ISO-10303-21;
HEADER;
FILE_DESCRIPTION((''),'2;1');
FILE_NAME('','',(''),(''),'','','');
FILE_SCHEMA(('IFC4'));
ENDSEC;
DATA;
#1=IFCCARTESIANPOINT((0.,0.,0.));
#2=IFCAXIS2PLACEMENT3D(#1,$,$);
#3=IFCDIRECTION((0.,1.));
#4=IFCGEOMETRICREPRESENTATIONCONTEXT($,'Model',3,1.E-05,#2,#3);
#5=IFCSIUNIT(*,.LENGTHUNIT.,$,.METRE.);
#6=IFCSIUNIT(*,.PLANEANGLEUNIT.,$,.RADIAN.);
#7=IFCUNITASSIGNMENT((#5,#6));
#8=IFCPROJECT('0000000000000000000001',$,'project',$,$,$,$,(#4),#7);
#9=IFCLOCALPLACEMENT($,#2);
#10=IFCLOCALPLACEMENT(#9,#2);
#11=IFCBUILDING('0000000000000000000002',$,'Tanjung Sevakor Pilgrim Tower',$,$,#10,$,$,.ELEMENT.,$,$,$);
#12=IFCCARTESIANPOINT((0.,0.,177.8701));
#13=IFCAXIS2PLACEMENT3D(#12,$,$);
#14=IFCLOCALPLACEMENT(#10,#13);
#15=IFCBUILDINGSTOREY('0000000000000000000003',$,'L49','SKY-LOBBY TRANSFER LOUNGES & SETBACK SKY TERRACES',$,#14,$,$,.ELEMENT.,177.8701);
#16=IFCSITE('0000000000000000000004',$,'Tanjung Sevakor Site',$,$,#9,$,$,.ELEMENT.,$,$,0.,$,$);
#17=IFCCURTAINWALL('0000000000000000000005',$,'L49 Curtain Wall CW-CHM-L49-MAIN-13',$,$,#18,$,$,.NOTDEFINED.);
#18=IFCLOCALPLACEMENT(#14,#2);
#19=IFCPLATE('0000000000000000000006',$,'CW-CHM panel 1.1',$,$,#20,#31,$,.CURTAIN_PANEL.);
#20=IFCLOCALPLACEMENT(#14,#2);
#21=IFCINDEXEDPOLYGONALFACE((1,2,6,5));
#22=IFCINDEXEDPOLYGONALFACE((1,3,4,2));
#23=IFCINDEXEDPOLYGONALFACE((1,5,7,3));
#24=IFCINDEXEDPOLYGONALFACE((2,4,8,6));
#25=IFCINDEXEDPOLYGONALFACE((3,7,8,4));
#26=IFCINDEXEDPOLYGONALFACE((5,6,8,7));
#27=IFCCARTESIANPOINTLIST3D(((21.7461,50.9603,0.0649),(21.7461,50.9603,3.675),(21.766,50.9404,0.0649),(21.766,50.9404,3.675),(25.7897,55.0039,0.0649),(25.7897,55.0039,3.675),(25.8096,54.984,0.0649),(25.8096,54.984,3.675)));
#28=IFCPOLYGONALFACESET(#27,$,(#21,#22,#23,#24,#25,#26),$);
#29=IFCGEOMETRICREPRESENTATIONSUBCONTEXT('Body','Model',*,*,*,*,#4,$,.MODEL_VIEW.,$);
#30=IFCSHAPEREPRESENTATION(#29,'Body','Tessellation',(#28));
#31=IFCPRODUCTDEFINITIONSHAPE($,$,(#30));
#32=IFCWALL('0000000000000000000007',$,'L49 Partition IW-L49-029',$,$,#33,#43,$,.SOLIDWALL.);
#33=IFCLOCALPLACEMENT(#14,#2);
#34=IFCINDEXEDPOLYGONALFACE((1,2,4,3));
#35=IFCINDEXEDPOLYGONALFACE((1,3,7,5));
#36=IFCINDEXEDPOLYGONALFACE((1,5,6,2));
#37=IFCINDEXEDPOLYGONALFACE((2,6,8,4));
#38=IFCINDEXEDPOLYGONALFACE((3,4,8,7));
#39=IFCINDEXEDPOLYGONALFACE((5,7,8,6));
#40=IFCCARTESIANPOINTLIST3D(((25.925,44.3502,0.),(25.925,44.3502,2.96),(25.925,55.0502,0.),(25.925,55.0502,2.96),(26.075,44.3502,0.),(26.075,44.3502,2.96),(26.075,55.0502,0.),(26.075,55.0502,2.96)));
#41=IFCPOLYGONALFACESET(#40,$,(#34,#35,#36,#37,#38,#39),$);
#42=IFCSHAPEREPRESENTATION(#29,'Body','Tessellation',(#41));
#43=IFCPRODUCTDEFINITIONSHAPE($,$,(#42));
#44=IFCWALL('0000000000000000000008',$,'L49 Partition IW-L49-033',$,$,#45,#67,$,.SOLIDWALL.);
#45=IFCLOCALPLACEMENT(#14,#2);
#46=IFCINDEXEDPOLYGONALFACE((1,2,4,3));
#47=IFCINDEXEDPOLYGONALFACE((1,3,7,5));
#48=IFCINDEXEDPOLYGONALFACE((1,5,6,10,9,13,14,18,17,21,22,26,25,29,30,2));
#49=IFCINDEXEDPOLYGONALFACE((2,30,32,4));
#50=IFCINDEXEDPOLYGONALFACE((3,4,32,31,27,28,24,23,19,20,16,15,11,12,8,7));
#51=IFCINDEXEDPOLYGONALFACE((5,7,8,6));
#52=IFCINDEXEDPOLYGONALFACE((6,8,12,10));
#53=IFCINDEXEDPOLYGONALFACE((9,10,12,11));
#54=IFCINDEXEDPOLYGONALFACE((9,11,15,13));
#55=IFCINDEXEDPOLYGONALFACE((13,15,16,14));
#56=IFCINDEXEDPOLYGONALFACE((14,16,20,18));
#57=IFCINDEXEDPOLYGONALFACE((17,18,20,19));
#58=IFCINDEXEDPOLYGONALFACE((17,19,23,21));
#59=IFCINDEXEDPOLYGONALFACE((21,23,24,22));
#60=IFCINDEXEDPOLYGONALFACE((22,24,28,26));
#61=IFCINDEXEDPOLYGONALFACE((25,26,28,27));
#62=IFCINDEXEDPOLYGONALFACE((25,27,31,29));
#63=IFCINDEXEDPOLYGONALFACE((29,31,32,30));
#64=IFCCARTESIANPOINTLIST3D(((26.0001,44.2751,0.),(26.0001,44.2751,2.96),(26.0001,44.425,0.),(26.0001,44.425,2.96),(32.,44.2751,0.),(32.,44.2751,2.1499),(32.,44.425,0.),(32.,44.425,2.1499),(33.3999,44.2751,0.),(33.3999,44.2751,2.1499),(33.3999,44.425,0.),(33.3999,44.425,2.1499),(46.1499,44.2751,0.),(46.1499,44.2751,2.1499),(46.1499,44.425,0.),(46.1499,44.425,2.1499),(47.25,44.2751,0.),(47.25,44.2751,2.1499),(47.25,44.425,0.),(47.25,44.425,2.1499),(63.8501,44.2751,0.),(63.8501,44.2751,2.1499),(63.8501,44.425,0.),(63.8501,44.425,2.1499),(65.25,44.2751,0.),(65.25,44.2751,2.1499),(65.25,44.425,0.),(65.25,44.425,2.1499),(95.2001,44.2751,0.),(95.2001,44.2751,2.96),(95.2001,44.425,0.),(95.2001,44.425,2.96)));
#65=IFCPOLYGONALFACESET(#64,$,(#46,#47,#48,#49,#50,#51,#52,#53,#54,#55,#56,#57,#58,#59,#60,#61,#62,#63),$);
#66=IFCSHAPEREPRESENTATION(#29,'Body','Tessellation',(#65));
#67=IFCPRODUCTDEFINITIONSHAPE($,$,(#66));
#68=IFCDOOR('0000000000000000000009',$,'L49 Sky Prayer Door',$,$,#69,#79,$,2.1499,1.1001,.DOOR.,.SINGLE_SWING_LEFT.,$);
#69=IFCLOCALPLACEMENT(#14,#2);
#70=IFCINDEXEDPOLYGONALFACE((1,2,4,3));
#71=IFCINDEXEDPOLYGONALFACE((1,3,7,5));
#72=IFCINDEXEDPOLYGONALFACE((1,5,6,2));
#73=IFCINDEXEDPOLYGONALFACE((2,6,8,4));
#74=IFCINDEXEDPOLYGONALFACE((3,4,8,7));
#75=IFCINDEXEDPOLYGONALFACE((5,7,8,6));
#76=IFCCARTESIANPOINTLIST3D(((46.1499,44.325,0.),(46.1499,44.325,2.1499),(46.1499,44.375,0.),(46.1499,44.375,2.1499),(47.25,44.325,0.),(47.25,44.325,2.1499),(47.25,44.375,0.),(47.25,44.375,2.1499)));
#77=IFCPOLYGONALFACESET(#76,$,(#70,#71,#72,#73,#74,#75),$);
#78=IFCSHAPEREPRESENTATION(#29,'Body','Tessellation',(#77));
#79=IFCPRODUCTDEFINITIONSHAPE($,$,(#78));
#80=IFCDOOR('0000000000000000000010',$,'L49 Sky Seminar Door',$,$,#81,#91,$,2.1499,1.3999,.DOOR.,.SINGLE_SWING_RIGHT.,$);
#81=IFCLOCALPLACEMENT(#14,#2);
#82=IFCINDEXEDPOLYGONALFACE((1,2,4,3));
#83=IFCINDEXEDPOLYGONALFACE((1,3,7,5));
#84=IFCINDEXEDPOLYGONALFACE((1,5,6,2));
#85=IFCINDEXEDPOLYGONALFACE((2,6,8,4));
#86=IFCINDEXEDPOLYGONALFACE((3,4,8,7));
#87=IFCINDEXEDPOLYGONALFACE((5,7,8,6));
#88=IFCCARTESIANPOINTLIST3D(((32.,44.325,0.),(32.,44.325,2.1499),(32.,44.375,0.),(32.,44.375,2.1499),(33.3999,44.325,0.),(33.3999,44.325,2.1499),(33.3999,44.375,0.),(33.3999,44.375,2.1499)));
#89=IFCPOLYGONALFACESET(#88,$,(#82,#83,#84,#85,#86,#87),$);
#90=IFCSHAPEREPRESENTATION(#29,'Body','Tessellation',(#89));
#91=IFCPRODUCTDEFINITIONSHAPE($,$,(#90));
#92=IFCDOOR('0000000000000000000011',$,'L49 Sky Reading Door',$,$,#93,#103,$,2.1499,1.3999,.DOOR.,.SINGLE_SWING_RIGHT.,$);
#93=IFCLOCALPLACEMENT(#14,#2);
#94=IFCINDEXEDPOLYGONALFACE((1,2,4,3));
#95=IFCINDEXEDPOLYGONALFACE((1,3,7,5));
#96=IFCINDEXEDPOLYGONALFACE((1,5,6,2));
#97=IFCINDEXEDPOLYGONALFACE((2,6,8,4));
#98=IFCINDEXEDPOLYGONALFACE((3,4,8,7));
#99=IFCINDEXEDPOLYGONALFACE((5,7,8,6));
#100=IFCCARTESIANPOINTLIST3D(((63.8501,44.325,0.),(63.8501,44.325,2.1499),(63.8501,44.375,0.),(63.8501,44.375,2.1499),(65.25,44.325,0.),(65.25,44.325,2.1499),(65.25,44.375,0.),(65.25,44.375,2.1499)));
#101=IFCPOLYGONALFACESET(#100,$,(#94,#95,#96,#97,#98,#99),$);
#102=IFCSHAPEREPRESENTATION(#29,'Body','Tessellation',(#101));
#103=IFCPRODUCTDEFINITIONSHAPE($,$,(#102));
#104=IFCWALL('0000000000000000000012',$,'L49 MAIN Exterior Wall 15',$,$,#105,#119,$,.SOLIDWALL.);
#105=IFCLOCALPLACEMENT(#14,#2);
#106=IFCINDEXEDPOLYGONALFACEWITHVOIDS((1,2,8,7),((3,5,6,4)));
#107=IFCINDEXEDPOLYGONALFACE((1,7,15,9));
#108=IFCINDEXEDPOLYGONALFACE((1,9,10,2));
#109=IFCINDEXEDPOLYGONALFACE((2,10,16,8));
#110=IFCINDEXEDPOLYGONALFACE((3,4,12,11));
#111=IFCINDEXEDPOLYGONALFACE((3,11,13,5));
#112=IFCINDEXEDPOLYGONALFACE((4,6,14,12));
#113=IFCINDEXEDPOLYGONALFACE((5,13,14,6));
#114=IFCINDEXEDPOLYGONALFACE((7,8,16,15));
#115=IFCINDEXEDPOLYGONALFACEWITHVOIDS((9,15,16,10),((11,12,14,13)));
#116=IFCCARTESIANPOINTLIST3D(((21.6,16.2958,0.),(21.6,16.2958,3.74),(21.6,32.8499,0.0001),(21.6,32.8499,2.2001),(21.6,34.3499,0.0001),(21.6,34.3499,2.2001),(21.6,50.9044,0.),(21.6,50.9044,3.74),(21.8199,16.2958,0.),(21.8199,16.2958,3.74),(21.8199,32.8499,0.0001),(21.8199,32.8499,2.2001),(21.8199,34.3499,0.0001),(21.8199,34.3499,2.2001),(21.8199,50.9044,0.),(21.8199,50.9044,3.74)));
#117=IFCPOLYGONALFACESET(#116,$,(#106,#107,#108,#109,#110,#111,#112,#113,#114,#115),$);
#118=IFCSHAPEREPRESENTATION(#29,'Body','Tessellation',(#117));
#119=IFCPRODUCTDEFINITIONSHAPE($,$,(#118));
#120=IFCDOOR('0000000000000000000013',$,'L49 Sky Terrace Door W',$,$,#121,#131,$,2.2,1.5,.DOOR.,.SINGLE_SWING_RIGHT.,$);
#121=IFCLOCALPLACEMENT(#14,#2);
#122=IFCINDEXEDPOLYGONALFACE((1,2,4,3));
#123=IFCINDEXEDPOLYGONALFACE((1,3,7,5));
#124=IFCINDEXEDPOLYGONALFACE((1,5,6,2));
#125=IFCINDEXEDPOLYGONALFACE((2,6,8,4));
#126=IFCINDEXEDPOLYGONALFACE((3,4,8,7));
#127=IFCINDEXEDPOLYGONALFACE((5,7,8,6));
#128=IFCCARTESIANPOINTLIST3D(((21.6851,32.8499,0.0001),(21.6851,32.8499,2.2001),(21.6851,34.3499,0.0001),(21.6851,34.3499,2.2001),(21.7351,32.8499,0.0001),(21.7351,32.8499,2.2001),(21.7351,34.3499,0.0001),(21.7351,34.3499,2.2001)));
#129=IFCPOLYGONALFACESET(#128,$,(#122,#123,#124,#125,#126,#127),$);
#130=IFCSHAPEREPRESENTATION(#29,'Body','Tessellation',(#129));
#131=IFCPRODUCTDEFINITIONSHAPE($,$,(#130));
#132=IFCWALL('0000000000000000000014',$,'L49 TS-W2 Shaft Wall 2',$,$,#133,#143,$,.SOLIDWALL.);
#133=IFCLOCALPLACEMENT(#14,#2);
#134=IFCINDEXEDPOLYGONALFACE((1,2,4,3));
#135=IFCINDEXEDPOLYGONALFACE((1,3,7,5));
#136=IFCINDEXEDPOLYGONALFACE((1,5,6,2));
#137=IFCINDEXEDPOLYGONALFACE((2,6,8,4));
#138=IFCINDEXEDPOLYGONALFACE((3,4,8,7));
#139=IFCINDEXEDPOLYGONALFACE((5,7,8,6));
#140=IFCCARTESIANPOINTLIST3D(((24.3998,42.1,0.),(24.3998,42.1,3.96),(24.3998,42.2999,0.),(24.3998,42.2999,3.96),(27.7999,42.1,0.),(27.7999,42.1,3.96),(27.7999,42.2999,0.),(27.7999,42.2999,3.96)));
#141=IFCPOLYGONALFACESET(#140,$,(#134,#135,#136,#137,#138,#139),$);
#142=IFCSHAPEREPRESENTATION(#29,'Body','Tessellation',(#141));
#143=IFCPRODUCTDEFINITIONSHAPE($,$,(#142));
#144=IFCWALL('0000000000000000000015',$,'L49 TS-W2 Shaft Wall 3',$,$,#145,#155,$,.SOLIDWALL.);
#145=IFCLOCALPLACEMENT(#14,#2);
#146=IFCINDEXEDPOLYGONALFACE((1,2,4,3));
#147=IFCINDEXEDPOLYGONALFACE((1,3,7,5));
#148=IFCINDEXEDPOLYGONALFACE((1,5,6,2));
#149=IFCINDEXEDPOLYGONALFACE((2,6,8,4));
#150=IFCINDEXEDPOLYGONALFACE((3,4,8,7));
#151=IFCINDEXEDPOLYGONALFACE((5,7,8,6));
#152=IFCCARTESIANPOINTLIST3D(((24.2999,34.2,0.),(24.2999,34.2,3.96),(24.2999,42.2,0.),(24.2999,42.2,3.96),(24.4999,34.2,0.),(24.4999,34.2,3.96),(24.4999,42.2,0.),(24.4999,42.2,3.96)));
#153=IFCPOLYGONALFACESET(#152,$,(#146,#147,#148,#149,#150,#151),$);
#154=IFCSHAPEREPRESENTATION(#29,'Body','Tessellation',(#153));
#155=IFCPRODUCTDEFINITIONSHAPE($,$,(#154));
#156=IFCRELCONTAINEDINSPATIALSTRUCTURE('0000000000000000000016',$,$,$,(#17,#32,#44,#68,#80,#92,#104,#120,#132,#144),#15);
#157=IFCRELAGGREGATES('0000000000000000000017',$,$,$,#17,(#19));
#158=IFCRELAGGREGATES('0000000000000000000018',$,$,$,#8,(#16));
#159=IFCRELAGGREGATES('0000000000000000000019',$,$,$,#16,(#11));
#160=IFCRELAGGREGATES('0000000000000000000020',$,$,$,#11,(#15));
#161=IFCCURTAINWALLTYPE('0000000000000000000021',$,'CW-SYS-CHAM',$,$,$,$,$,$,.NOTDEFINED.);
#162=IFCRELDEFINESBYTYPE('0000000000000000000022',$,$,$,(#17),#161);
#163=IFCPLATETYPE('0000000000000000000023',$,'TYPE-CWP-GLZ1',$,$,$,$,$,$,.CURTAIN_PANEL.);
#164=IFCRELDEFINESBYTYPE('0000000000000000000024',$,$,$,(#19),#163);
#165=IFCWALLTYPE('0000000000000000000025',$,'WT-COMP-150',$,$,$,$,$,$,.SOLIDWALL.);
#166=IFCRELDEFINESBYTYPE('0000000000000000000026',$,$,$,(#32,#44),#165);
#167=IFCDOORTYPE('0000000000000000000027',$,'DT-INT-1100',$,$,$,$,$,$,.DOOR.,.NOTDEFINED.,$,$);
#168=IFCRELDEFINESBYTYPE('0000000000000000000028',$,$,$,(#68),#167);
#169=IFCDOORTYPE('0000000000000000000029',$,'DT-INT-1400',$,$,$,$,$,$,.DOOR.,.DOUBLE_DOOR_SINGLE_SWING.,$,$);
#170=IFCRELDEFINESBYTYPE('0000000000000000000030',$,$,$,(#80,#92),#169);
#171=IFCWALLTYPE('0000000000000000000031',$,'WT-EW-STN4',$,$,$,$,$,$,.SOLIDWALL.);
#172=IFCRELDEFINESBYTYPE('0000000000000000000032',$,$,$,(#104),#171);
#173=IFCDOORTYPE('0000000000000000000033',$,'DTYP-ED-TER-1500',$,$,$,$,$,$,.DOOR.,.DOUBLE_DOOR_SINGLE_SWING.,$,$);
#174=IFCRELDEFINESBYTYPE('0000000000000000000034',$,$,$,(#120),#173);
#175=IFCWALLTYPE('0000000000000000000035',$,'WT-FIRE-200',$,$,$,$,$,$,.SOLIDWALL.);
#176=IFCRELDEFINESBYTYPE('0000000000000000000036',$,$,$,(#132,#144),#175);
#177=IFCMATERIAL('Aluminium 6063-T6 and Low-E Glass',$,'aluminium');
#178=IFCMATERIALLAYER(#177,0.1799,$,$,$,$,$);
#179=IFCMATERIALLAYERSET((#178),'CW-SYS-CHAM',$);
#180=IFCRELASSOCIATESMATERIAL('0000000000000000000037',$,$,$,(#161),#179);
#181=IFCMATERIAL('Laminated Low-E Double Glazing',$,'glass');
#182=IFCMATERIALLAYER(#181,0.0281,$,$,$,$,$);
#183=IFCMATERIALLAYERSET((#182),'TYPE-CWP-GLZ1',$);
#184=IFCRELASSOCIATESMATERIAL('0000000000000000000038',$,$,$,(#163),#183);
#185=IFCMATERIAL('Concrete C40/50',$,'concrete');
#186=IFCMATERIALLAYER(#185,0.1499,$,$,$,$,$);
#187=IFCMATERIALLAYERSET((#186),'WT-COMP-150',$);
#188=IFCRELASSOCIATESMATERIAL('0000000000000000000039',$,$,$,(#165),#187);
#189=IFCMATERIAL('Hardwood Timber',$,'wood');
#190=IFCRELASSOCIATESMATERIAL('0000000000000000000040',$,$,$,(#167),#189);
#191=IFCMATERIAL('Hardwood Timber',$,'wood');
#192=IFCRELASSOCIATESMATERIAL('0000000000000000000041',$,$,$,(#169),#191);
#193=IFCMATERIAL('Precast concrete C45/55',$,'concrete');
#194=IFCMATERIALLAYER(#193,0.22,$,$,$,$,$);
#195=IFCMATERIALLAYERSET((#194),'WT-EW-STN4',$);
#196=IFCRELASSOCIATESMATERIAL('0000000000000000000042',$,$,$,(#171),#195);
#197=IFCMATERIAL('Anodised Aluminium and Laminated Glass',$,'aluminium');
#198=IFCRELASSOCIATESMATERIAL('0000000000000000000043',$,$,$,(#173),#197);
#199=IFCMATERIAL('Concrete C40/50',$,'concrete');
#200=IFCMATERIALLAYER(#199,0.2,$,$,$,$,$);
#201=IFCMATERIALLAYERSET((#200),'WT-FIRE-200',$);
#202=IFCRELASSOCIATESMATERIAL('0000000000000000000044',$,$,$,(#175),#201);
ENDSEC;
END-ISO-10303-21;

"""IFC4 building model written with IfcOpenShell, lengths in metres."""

from ifc_helpers import new_model, si_unit, direction, frame, frame_2d, origin, origin_2d, place, context, subcontext, project, spatial, rectangle, extrude, material, layer, layer_set, type_object, element, fill, aggregate, save


model = new_model("IFC4")

# Units and contexts
model_context = context("Model", 3, precision=1e-05, world=origin(), true_north=direction((0.0, 1.0)))
body_context = subcontext(model_context, "Body", "Model", "MODEL_VIEW")
ifc_project = project(units=[si_unit("LENGTHUNIT", "METRE"), si_unit("PLANEANGLEUNIT", "RADIAN")], contexts=[model_context])

# Site, building, storey
site_placement = place(None, origin())
site = spatial("IfcSite", under=ifc_project, at=site_placement, Name="Tanjung Sevakor Site", CompositionType="ELEMENT", RefElevation=0.0)
building_placement = place(site_placement, origin())
building = spatial("IfcBuilding", under=site, at=building_placement, Name="Tanjung Sevakor Pilgrim Tower", CompositionType="ELEMENT")
storey_placement = place(building_placement, frame((0.0, 0.0, 177.8701)))
storey = spatial("IfcBuildingStorey", under=building, at=storey_placement, Name="L49", Description="SKY-LOBBY TRANSFER LOUNGES & SETBACK SKY TERRACES", CompositionType="ELEMENT", Elevation=177.8701)

# Curtain wall, plate
ifc_material_1 = material(Name="Aluminium 6063-T6 and Low-E Glass", Category="aluminium")
ifc_layer_1 = layer(ifc_material_1, 0.1799)
ifc_layer_set_1 = layer_set([ifc_layer_1], Name="CW-SYS-CHAM")
curtain_wall_type = type_object("IfcCurtainWallType", Name="CW-SYS-CHAM", PredefinedType="NOTDEFINED", material=ifc_layer_set_1)
curtain_wall_placement = place(storey_placement, origin())
curtain_wall = element("IfcCurtainWall", 1, at=curtain_wall_placement, inside=storey, type_object=curtain_wall_type, Name="L49 Curtain Wall CW-CHM-L49-MAIN-13", PredefinedType="NOTDEFINED")
ifc_material_2 = material(Name="Laminated Low-E Double Glazing", Category="glass")
ifc_layer_2 = layer(ifc_material_2, 0.0281)
ifc_layer_set_2 = layer_set([ifc_layer_2], Name="TYPE-CWP-GLZ1")
plate_type = type_object("IfcPlateType", Name="TYPE-CWP-GLZ1", PredefinedType="CURTAIN_PANEL", material=ifc_layer_set_2)
plate_placement = place(storey_placement, frame((23.7778, 52.9722, 0.0649), z_axis=(0.0, 0.0, 1.0), x_axis=(-0.707107, -0.707107, 0.0)))
plate = element("IfcPlate", 2, at=plate_placement, type_object=plate_type, Name="CW-CHM panel 1.1", PredefinedType="CURTAIN_PANEL", context=body_context, shape_type="SweptSolid", body=[
    extrude(rectangle(XDim=5.7185, YDim=0.0281, at=origin_2d()), origin(), (0.0, 0.0, 1.0), 3.6101),
])
aggregate(curtain_wall, [plate])

# Wall
ifc_material_3 = material(Name="Concrete C40/50", Category="concrete")
ifc_layer_3 = layer(ifc_material_3, 0.1499)
ifc_layer_set_3 = layer_set([ifc_layer_3], Name="WT-COMP-150")
wall_type_1 = type_object("IfcWallType", Name="WT-COMP-150", PredefinedType="SOLIDWALL", material=ifc_layer_set_3)
wall_1_placement = place(storey_placement, frame((26.0, 44.3501, 0.0), z_axis=(0.0, 0.0, 1.0), x_axis=(0.0, 1.0, 0.0)))
element("IfcWall", 3, at=wall_1_placement, inside=storey, type_object=wall_type_1, Name="L49 Partition IW-L49-029", PredefinedType="SOLIDWALL", context=body_context, shape_type="SweptSolid", body=[
    extrude(rectangle(XDim=10.7, YDim=0.1499, at=frame_2d((5.3501, 0.0))), origin(), (0.0, 0.0, 1.0), 2.96),
])

# Wall, openings, doors
wall_2_placement = place(storey_placement, frame((26.0, 44.3501, 0.0), z_axis=(0.0, 0.0, 1.0), x_axis=(1.0, 0.0, 0.0)))
wall_2 = element("IfcWall", 4, at=wall_2_placement, inside=storey, type_object=wall_type_1, Name="L49 Partition IW-L49-033", PredefinedType="SOLIDWALL", context=body_context, shape_type="SweptSolid", body=[
    extrude(rectangle(XDim=69.2, YDim=0.1499, at=frame_2d((34.6001, 0.0))), origin(), (0.0, 0.0, 1.0), 2.96),
])
opening_1_placement = place(wall_2_placement, frame((6.0, 0.0, 0.0)))
opening_1 = element("IfcOpeningElement", 5, at=opening_1_placement, cuts=wall_2, PredefinedType="OPENING", context=body_context, shape_type="SweptSolid", body=[
    extrude(rectangle(XDim=1.3999, YDim=2.1499, at=frame_2d((0.7, 1.075))), frame((0.0, 0.085, 0.0), z_axis=(0.0, -1.0, 0.0), x_axis=(1.0, 0.0, 0.0)), (0.0, 0.0, 1.0), 0.1699),
])
opening_2_placement = place(wall_2_placement, frame((20.1499, 0.0, 0.0)))
opening_2 = element("IfcOpeningElement", 6, at=opening_2_placement, cuts=wall_2, PredefinedType="OPENING", context=body_context, shape_type="SweptSolid", body=[
    extrude(rectangle(XDim=1.1001, YDim=2.1499, at=frame_2d((0.55, 1.075))), frame((0.0, 0.085, 0.0), z_axis=(0.0, -1.0, 0.0), x_axis=(1.0, 0.0, 0.0)), (0.0, 0.0, 1.0), 0.1699),
])
opening_3_placement = place(wall_2_placement, frame((37.8501, 0.0, 0.0)))
opening_3 = element("IfcOpeningElement", 7, at=opening_3_placement, cuts=wall_2, PredefinedType="OPENING", context=body_context, shape_type="SweptSolid", body=[
    extrude(rectangle(XDim=1.3999, YDim=2.1499, at=frame_2d((0.7, 1.075))), frame((0.0, 0.085, 0.0), z_axis=(0.0, -1.0, 0.0), x_axis=(1.0, 0.0, 0.0)), (0.0, 0.0, 1.0), 0.1699),
])
ifc_material_4 = material(Name="Hardwood Timber", Category="wood")
door_type_1 = type_object("IfcDoorType", Name="DT-INT-1100", OperationType="NOTDEFINED", PredefinedType="DOOR", material=ifc_material_4)
door_1_placement = place(opening_2_placement, origin())
door_1 = element("IfcDoor", 8, at=door_1_placement, inside=storey, type_object=door_type_1, Name="L49 Sky Prayer Door", OperationType="SINGLE_SWING_LEFT", OverallHeight=2.1499, OverallWidth=1.1001, PredefinedType="DOOR", context=body_context, shape_type="SweptSolid", body=[
    extrude(rectangle(XDim=1.1001, YDim=2.1499, at=frame_2d((0.55, 1.075))), frame((0.0, 0.0249, 0.0), z_axis=(0.0, -1.0, 0.0), x_axis=(1.0, 0.0, 0.0)), (0.0, 0.0, 1.0), 0.05),
])
fill(opening_2, door_1)
ifc_material_5 = material(Name="Hardwood Timber", Category="wood")
door_type_2 = type_object("IfcDoorType", Name="DT-INT-1400", OperationType="DOUBLE_DOOR_SINGLE_SWING", PredefinedType="DOOR", material=ifc_material_5)
door_2_placement = place(opening_1_placement, origin())
door_2 = element("IfcDoor", 9, at=door_2_placement, inside=storey, type_object=door_type_2, Name="L49 Sky Seminar Door", OperationType="SINGLE_SWING_RIGHT", OverallHeight=2.1499, OverallWidth=1.3999, PredefinedType="DOOR", context=body_context, shape_type="SweptSolid", body=[
    extrude(rectangle(XDim=1.3999, YDim=2.1499, at=frame_2d((0.7, 1.075))), frame((0.0, 0.0249, 0.0), z_axis=(0.0, -1.0, 0.0), x_axis=(1.0, 0.0, 0.0)), (0.0, 0.0, 1.0), 0.05),
])
fill(opening_1, door_2)
door_3_placement = place(opening_3_placement, origin())
door_3 = element("IfcDoor", 10, at=door_3_placement, inside=storey, type_object=door_type_2, Name="L49 Sky Reading Door", OperationType="SINGLE_SWING_RIGHT", OverallHeight=2.1499, OverallWidth=1.3999, PredefinedType="DOOR", context=body_context, shape_type="SweptSolid", body=[
    extrude(rectangle(XDim=1.3999, YDim=2.1499, at=frame_2d((0.7, 1.075))), frame((0.0, 0.0249, 0.0), z_axis=(0.0, -1.0, 0.0), x_axis=(1.0, 0.0, 0.0)), (0.0, 0.0, 1.0), 0.05),
])
fill(opening_3, door_3)

# Wall, opening, door
ifc_material_6 = material(Name="Precast concrete C45/55", Category="concrete")
ifc_layer_4 = layer(ifc_material_6, 0.22)
ifc_layer_set_4 = layer_set([ifc_layer_4], Name="WT-EW-STN4")
wall_type_2 = type_object("IfcWallType", Name="WT-EW-STN4", PredefinedType="SOLIDWALL", material=ifc_layer_set_4)
wall_3_placement = place(storey_placement, frame((21.71, 50.9043, 0.0), z_axis=(0.0, 0.0, 1.0), x_axis=(0.0, -1.0, 0.0)))
wall_3 = element("IfcWall", 11, at=wall_3_placement, inside=storey, type_object=wall_type_2, Name="L49 MAIN Exterior Wall 15", PredefinedType="SOLIDWALL", context=body_context, shape_type="SweptSolid", body=[
    extrude(rectangle(XDim=34.6086, YDim=0.22, at=frame_2d((17.3042, 0.0))), origin(), (0.0, 0.0, 1.0), 3.74),
])
opening_4_placement = place(wall_3_placement, frame((16.5544, 0.0, 0.0)))
opening_4 = element("IfcOpeningElement", 12, at=opening_4_placement, cuts=wall_3, PredefinedType="OPENING", context=body_context, shape_type="SweptSolid", body=[
    extrude(rectangle(XDim=1.5, YDim=2.2, at=frame_2d((0.75, 1.1001))), frame((0.0, 0.1199, 0.0), z_axis=(0.0, -1.0, 0.0), x_axis=(1.0, 0.0, 0.0)), (0.0, 0.0, 1.0), 0.24),
])
ifc_material_7 = material(Name="Anodised Aluminium and Laminated Glass", Category="aluminium")
door_type_3 = type_object("IfcDoorType", Name="DTYP-ED-TER-1500", OperationType="DOUBLE_DOOR_SINGLE_SWING", PredefinedType="DOOR", material=ifc_material_7)
door_4_placement = place(opening_4_placement, frame((1.5, 0.0, 0.0), z_axis=(0.0, 0.0, 1.0), x_axis=(-1.0, 0.0, 0.0)))
door_4 = element("IfcDoor", 13, at=door_4_placement, inside=storey, type_object=door_type_3, Name="L49 Sky Terrace Door W", OperationType="SINGLE_SWING_RIGHT", OverallHeight=2.2, OverallWidth=1.5, PredefinedType="DOOR", context=body_context, shape_type="SweptSolid", body=[
    extrude(rectangle(XDim=1.5, YDim=2.2, at=frame_2d((0.75, 1.1001))), frame((0.0, 0.0249, 0.0), z_axis=(0.0, -1.0, 0.0), x_axis=(1.0, 0.0, 0.0)), (0.0, 0.0, 1.0), 0.05),
])
fill(opening_4, door_4)

# Walls
ifc_material_8 = material(Name="Concrete C40/50", Category="concrete")
ifc_layer_5 = layer(ifc_material_8, 0.2)
ifc_layer_set_5 = layer_set([ifc_layer_5], Name="WT-FIRE-200")
wall_type_3 = type_object("IfcWallType", Name="WT-FIRE-200", PredefinedType="SOLIDWALL", material=ifc_layer_set_5)
wall_4_placement = place(storey_placement, frame((27.8, 42.2, 0.0), z_axis=(0.0, 0.0, 1.0), x_axis=(-1.0, 0.0, 0.0)))
element("IfcWall", 14, at=wall_4_placement, inside=storey, type_object=wall_type_3, Name="L49 TS-W2 Shaft Wall 2", PredefinedType="SOLIDWALL", context=body_context, shape_type="SweptSolid", body=[
    extrude(rectangle(XDim=3.4001, YDim=0.2, at=frame_2d((1.7002, 0.0))), origin(), (0.0, 0.0, 1.0), 3.96),
])
wall_5_placement = place(storey_placement, frame((24.3999, 42.2, 0.0), z_axis=(0.0, 0.0, 1.0), x_axis=(0.0, -1.0, 0.0)))
element("IfcWall", 15, at=wall_5_placement, inside=storey, type_object=wall_type_3, Name="L49 TS-W2 Shaft Wall 3", PredefinedType="SOLIDWALL", context=body_context, shape_type="SweptSolid", body=[
    extrude(rectangle(XDim=8.0, YDim=0.2, at=frame_2d((4.0, 0.0))), origin(), (0.0, 0.0, 1.0), 3.96),
])

save(model, "model.ifc")
